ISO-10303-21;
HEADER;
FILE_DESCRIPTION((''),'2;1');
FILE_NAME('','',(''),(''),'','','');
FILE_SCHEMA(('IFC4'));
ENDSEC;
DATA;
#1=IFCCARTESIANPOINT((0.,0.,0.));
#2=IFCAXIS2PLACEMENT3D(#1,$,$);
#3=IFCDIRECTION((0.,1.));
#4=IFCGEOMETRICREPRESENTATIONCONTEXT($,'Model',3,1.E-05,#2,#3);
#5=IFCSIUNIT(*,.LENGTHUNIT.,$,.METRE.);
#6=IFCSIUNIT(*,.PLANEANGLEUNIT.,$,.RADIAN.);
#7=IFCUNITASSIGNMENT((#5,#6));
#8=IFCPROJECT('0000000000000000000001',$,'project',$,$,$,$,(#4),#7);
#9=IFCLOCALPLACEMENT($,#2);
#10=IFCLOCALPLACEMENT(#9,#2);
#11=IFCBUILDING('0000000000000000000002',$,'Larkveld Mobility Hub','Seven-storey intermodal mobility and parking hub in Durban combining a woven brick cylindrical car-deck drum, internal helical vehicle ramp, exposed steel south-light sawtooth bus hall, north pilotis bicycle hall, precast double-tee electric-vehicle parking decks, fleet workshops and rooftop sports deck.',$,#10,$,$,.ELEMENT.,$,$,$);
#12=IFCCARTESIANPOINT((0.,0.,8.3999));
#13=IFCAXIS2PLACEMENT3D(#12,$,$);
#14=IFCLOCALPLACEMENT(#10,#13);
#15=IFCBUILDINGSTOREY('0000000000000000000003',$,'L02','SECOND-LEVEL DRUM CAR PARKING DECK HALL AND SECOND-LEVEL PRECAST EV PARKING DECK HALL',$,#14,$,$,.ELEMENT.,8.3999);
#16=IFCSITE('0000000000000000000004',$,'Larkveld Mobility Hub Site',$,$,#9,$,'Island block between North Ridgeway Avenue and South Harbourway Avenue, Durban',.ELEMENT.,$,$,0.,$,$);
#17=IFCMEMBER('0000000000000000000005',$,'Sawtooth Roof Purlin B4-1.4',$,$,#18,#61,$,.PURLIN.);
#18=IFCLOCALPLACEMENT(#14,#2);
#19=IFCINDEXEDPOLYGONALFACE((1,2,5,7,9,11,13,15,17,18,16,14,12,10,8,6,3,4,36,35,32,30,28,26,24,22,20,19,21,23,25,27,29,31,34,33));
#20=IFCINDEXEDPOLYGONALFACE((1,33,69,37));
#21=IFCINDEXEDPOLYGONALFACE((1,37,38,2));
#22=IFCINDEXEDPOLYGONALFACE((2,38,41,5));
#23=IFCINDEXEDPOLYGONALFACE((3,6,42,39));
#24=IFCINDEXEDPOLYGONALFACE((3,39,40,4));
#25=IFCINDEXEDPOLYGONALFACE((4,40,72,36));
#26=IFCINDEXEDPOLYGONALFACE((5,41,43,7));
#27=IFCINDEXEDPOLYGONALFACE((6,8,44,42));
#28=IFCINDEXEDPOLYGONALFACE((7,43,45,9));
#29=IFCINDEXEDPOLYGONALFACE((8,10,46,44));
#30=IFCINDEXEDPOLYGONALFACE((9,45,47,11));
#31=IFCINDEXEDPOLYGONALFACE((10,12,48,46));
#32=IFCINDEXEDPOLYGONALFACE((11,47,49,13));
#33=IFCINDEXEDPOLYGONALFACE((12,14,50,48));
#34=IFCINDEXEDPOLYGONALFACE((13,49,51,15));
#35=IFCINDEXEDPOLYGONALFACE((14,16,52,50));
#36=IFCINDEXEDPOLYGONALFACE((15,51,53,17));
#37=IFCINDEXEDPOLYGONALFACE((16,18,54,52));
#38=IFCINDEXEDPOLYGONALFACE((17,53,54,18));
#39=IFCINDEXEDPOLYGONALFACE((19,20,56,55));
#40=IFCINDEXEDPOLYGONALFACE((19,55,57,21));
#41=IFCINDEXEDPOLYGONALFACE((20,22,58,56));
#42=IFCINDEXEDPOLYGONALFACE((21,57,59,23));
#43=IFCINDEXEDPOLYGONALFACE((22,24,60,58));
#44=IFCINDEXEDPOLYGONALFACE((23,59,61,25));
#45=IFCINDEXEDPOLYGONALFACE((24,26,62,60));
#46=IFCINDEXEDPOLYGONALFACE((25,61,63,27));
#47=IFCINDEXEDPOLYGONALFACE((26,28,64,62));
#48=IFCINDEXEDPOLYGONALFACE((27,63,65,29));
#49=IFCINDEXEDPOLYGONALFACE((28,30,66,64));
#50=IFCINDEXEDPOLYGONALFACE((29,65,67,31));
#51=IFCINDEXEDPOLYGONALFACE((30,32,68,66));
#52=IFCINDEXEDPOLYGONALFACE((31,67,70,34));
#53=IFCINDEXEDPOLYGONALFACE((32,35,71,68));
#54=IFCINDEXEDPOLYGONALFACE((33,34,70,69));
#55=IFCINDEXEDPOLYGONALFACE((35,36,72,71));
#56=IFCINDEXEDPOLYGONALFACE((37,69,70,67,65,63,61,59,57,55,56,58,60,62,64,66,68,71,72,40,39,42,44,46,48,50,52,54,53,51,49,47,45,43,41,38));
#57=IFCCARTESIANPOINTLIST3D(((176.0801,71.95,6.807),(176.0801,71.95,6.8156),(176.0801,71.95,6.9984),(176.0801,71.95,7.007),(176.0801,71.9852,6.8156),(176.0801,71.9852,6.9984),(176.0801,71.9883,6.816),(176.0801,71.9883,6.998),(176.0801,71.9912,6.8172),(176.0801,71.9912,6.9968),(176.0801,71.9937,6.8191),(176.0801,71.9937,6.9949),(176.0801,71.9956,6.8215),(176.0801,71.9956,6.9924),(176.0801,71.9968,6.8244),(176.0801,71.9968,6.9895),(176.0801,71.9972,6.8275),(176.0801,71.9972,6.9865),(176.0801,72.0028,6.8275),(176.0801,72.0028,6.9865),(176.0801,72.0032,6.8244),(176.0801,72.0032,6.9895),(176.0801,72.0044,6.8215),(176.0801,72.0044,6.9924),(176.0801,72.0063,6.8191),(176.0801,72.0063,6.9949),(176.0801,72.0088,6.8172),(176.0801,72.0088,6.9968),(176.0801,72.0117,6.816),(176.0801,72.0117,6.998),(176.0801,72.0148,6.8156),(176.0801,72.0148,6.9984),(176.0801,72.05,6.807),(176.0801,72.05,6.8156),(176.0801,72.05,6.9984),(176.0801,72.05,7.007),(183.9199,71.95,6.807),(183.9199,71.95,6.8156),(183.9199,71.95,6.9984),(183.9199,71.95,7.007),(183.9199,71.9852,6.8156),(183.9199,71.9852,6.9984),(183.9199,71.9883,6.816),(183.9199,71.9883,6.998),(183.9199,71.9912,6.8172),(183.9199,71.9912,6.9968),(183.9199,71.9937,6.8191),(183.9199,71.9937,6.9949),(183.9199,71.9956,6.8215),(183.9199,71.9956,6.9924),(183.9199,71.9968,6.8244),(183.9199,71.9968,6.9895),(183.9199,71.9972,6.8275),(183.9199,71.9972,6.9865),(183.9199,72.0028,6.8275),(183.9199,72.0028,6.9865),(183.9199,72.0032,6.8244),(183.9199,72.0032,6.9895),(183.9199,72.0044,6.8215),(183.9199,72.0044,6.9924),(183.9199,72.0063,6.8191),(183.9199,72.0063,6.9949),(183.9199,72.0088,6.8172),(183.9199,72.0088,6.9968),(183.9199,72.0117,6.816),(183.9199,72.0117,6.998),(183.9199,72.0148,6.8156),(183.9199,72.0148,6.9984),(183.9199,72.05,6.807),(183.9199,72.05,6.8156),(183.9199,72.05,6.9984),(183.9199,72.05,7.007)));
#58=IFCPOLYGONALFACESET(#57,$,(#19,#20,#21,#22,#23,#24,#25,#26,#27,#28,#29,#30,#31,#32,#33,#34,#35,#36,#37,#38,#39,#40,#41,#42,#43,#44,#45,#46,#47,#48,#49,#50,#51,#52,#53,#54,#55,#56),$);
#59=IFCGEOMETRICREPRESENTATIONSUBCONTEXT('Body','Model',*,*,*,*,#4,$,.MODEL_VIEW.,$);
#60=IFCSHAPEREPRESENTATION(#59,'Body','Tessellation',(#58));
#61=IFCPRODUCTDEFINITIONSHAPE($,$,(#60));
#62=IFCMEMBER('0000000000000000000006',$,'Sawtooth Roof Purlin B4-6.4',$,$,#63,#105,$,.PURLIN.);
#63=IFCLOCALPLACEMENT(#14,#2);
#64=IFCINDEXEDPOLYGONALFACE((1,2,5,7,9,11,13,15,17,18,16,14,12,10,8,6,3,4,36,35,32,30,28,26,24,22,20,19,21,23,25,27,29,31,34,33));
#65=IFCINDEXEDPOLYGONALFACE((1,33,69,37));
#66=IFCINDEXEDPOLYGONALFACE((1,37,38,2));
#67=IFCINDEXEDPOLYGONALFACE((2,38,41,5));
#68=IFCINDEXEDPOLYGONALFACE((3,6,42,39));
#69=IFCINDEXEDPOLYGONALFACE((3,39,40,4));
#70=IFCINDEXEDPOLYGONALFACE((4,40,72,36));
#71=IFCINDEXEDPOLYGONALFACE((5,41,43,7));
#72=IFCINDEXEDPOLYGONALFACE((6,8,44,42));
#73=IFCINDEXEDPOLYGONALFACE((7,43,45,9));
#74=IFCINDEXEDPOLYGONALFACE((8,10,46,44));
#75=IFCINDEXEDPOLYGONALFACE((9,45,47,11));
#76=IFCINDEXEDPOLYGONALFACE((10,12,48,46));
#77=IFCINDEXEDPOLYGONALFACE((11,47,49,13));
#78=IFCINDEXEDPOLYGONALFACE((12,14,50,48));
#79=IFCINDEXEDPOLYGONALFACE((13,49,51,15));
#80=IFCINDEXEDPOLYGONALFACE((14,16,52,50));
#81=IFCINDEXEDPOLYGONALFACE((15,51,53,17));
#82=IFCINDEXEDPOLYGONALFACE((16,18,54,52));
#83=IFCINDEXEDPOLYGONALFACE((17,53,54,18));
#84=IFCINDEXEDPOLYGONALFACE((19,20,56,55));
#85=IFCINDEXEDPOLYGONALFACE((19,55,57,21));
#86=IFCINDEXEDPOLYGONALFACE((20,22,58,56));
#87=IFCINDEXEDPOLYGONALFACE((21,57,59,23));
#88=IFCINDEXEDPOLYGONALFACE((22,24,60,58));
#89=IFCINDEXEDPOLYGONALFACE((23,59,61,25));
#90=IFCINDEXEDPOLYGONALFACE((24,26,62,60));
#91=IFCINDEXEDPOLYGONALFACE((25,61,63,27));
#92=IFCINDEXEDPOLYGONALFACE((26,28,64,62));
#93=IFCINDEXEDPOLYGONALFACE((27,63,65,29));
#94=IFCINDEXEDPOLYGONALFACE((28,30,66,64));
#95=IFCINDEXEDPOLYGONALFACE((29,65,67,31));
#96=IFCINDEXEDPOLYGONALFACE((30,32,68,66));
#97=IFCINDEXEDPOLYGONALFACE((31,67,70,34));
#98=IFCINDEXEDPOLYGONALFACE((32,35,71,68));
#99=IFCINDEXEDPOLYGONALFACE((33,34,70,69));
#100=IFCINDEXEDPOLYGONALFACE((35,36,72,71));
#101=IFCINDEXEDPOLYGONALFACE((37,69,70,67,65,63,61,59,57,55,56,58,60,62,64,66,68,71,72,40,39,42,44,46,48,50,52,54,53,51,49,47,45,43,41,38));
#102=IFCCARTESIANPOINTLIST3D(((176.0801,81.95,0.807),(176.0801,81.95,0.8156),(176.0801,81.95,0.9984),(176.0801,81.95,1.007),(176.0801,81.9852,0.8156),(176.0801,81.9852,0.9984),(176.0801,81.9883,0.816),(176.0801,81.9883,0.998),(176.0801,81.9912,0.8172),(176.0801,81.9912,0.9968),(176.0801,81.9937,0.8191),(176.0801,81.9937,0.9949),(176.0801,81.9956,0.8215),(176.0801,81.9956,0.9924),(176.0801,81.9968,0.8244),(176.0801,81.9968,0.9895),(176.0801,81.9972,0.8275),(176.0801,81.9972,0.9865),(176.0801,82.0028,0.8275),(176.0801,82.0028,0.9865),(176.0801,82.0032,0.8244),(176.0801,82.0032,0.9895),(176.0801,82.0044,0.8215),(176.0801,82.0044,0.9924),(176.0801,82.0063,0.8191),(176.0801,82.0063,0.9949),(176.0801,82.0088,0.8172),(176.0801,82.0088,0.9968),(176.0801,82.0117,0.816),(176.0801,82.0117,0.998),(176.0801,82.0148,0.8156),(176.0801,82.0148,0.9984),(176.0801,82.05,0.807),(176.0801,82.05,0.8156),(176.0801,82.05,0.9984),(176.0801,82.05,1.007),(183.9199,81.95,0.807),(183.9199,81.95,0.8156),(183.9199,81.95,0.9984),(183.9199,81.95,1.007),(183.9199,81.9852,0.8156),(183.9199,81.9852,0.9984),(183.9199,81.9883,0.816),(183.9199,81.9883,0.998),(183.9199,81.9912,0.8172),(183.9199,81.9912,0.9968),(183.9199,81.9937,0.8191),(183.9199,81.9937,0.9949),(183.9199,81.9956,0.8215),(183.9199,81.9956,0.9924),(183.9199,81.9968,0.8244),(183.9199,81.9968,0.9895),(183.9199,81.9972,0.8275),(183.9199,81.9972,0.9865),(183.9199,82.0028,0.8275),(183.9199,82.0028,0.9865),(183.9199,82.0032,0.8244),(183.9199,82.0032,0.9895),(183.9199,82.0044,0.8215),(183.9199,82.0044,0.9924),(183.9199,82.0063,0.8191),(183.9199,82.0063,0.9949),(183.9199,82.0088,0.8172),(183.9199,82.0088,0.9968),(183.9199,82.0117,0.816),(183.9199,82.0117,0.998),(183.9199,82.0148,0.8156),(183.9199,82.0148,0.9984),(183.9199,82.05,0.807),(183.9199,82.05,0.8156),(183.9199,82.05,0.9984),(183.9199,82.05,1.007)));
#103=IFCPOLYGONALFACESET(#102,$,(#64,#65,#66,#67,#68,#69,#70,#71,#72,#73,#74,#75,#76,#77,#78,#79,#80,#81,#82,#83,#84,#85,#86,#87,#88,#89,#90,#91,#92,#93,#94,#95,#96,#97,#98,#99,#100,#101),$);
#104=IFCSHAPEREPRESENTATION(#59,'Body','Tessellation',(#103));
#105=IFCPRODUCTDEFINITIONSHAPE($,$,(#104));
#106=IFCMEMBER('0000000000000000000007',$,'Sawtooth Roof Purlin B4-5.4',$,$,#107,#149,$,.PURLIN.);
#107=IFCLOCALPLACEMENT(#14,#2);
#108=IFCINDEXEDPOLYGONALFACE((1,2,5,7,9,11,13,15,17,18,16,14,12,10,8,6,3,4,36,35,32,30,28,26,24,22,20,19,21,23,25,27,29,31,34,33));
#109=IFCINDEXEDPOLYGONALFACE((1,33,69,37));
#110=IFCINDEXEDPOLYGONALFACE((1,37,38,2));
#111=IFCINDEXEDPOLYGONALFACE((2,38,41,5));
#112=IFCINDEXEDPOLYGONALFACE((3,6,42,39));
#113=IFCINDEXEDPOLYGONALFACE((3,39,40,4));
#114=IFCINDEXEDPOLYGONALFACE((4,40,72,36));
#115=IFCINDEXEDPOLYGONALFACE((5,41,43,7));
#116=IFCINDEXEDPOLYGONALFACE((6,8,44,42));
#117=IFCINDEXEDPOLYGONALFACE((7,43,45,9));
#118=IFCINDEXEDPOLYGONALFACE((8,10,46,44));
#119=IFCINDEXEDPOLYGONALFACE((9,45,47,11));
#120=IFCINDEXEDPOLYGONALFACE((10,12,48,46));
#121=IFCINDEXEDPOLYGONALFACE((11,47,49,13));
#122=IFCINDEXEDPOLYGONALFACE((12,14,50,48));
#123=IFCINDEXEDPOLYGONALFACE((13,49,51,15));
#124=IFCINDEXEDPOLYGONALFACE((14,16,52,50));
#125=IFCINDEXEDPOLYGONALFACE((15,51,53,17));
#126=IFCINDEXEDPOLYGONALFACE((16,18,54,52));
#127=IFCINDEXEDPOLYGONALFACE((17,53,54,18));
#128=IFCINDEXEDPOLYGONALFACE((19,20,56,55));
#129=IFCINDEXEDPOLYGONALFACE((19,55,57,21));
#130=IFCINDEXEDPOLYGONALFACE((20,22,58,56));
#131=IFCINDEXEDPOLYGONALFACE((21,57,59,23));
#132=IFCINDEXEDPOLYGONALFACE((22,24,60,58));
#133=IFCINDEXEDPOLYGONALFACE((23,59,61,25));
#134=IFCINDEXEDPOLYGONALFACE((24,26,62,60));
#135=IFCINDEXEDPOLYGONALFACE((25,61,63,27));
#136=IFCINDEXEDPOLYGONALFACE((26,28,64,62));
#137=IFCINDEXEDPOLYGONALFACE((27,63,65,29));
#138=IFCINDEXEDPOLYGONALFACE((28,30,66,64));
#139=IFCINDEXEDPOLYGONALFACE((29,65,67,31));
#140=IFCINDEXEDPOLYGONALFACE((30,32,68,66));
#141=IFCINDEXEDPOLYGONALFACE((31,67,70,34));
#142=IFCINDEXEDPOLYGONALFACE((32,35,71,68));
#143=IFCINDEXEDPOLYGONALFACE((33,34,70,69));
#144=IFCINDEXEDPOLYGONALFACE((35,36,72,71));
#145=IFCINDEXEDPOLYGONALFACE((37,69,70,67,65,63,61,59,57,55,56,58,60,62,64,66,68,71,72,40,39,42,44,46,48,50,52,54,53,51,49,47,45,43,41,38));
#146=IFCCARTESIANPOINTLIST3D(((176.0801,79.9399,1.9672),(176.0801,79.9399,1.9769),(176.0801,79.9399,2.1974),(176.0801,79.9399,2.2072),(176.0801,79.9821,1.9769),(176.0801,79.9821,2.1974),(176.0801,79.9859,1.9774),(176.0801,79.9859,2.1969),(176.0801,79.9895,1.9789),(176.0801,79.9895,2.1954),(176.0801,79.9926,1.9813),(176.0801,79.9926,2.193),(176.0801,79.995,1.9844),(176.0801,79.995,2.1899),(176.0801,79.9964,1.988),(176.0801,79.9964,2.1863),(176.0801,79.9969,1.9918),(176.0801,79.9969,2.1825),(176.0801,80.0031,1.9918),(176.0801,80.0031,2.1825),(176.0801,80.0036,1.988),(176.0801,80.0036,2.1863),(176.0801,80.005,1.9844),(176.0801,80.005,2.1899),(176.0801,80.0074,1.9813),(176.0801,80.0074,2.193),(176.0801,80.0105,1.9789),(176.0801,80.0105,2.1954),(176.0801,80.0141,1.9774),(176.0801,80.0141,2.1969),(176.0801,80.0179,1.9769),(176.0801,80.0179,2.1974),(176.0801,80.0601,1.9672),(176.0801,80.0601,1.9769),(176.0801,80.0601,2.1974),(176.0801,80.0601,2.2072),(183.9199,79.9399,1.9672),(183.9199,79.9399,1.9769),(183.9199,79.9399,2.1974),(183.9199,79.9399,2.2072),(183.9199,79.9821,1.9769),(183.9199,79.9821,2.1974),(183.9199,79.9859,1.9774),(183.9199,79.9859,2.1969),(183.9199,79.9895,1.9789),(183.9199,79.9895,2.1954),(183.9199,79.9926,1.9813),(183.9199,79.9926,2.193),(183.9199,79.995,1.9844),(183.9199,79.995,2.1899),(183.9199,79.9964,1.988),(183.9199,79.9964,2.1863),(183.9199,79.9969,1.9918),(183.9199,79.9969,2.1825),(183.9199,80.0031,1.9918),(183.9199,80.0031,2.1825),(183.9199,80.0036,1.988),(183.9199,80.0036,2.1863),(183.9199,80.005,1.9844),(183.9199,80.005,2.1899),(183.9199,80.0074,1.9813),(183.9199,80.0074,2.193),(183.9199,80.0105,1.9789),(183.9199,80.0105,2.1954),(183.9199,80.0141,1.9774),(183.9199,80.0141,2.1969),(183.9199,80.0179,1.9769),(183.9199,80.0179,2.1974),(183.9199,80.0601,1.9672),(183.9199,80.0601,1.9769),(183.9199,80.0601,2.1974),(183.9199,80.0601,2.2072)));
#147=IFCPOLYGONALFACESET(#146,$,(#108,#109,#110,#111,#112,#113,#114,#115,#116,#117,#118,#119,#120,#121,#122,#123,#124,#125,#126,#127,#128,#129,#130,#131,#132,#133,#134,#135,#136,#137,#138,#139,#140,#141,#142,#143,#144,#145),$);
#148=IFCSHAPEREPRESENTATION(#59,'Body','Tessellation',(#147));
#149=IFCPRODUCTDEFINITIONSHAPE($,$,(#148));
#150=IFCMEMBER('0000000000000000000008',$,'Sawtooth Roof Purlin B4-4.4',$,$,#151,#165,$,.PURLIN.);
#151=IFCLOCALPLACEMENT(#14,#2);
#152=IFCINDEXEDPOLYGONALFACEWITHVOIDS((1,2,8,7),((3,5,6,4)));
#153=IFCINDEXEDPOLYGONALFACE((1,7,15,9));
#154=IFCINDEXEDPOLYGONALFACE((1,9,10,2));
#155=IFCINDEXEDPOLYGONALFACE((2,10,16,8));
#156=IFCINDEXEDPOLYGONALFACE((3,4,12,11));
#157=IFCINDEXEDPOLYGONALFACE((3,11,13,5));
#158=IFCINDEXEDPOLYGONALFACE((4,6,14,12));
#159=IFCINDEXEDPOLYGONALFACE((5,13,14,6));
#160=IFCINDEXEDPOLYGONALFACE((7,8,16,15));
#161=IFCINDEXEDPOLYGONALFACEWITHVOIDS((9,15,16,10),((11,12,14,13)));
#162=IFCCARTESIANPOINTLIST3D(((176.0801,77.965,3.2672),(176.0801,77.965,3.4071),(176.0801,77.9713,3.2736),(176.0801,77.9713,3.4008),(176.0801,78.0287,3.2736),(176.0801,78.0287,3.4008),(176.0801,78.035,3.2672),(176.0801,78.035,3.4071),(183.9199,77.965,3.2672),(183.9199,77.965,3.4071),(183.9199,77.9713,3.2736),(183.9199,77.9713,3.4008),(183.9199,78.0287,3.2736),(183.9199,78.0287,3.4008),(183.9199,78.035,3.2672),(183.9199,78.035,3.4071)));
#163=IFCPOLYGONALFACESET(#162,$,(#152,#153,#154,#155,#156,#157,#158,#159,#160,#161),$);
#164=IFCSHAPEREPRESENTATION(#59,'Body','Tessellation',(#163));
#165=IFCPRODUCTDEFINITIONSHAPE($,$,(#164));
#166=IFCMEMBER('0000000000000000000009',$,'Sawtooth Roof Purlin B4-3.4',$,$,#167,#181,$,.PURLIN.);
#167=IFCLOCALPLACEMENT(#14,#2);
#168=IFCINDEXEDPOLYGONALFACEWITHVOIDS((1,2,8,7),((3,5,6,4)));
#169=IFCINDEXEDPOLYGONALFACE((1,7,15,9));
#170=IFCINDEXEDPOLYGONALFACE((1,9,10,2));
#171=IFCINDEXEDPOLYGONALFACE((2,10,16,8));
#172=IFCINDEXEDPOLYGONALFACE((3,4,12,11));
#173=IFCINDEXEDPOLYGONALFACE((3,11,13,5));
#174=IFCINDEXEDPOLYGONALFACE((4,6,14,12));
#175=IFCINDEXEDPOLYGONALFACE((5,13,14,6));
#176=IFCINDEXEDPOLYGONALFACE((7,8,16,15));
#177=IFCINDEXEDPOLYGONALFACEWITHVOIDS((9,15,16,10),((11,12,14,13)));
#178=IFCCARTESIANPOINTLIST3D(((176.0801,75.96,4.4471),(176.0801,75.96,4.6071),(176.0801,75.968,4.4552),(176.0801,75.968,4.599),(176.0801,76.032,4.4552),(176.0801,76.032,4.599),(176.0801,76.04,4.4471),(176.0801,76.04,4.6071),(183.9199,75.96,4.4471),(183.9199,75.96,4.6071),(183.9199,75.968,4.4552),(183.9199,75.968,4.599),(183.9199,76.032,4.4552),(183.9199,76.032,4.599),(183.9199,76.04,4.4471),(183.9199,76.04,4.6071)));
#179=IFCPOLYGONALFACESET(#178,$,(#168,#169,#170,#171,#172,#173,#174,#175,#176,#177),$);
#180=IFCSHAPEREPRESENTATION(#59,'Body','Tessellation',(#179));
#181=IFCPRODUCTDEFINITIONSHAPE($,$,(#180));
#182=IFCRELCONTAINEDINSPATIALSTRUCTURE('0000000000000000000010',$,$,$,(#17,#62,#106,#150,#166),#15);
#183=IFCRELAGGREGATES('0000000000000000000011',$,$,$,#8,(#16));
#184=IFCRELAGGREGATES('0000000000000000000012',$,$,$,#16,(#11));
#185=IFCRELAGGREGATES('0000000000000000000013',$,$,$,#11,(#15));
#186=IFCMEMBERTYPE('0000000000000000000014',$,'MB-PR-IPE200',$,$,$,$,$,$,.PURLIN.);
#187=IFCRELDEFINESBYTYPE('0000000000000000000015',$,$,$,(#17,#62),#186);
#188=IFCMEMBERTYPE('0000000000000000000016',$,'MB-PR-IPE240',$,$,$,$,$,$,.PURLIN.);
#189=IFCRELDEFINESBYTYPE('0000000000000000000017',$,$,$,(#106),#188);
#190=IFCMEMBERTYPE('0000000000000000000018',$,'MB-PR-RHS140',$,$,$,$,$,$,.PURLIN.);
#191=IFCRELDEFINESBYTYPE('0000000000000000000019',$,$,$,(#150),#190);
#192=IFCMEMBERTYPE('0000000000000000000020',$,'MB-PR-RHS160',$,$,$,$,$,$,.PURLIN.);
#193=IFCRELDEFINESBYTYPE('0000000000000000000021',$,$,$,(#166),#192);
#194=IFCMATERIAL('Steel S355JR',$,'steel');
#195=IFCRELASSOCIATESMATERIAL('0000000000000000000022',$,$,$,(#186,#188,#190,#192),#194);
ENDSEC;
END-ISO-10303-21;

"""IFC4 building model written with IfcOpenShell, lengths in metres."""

from ifc_helpers import new_model, si_unit, direction, frame, origin, origin_2d, place, context, subcontext, project, spatial, hollow_rectangle, i_section, extrude, material, material_profile, profile_set, type_object, element, save


model = new_model("IFC4")

# Units and contexts
model_context = context("Model", 3, precision=1e-05, world=origin(), true_north=direction((0.0, 1.0)))
body_context = subcontext(model_context, "Body", "Model", "MODEL_VIEW")
ifc_project = project(units=[si_unit("LENGTHUNIT", "METRE"), si_unit("PLANEANGLEUNIT", "RADIAN")], contexts=[model_context])

# Site, building, storey
site_placement = place(None, origin())
site = spatial("IfcSite", under=ifc_project, at=site_placement, Name="Larkveld Mobility Hub Site", LongName="Island block between North Ridgeway Avenue and South Harbourway Avenue, Durban", CompositionType="ELEMENT", RefElevation=0.0)
building_placement = place(site_placement, origin())
building = spatial("IfcBuilding", under=site, at=building_placement, Name="Larkveld Mobility Hub", Description="Seven-storey intermodal mobility and parking hub in Durban combining a woven brick cylindrical car-deck drum, internal helical vehicle ramp, exposed steel south-light sawtooth bus hall, north pilotis bicycle hall, precast double-tee electric-vehicle parking decks, fleet workshops and rooftop sports deck.", CompositionType="ELEMENT")
storey_placement = place(building_placement, frame((0.0, 0.0, 8.3999)))
storey = spatial("IfcBuildingStorey", under=building, at=storey_placement, Name="L02", Description="SECOND-LEVEL DRUM CAR PARKING DECK HALL AND SECOND-LEVEL PRECAST EV PARKING DECK HALL", CompositionType="ELEMENT", Elevation=8.3999)

# Shared definitions
ifc_material_1 = material(Name="Steel S355JR", Category="steel")

# Members
ifc_material_profile_1 = material_profile(ifc_material_1, i_section(OverallWidth=0.1001, OverallDepth=0.2, WebThickness=0.0056, FlangeThickness=0.0085, FilletRadius=0.012, at=origin_2d()), Name="IPE 200")
ifc_profile_set_1 = profile_set([ifc_material_profile_1], Name="Steel S355JR")
member_type_1 = type_object("IfcMemberType", Name="MB-PR-IPE200", PredefinedType="PURLIN", material=ifc_profile_set_1)
for number, where, z_axis, x_axis, name in (
    (1, (176.0801, 72.0, 6.907), (1.0, 0.0, 0.0), (0.0, 1.0, 0.0), "Sawtooth Roof Purlin B4-1.4"),
    (2, (176.0801, 82.0, 0.907), (1.0, 0.0, 0.0), (0.0, 1.0, 0.0), "Sawtooth Roof Purlin B4-6.4"),
):
    element("IfcMember", number, at=place(storey_placement, frame(where, z_axis=z_axis, x_axis=x_axis)), inside=storey, type_object=member_type_1, Name=name, PredefinedType="PURLIN", context=body_context, shape_type="SweptSolid", body=[
        extrude(i_section(OverallWidth=0.1001, OverallDepth=0.2, WebThickness=0.0056, FlangeThickness=0.0085, FilletRadius=0.012, at=origin_2d()), origin(), (0.0, 0.0, 1.0), 7.8398),
    ])
ifc_material_profile_2 = material_profile(ifc_material_1, i_section(OverallWidth=0.1201, OverallDepth=0.24, WebThickness=0.0061, FlangeThickness=0.0098, FilletRadius=0.0149, at=origin_2d()), Name="IPE 240")
ifc_profile_set_2 = profile_set([ifc_material_profile_2], Name="Steel S355JR")
member_type_2 = type_object("IfcMemberType", Name="MB-PR-IPE240", PredefinedType="PURLIN", material=ifc_profile_set_2)
member_1_placement = place(storey_placement, frame((176.0801, 80.0, 2.0872), z_axis=(1.0, 0.0, 0.0), x_axis=(0.0, 1.0, 0.0)))
element("IfcMember", 3, at=member_1_placement, inside=storey, type_object=member_type_2, Name="Sawtooth Roof Purlin B4-5.4", PredefinedType="PURLIN", context=body_context, shape_type="SweptSolid", body=[
    extrude(i_section(OverallWidth=0.1201, OverallDepth=0.24, WebThickness=0.0061, FlangeThickness=0.0098, FilletRadius=0.0149, at=origin_2d()), origin(), (0.0, 0.0, 1.0), 7.8398),
])
ifc_material_profile_3 = material_profile(ifc_material_1, hollow_rectangle(XDim=0.0701, YDim=0.1399, WallThickness=0.0063, at=origin_2d()), Name="RHS 140x70x6.3")
ifc_profile_set_3 = profile_set([ifc_material_profile_3], Name="Steel S355JR")
member_type_3 = type_object("IfcMemberType", Name="MB-PR-RHS140", PredefinedType="PURLIN", material=ifc_profile_set_3)
member_2_placement = place(storey_placement, frame((176.0801, 78.0, 3.3372), z_axis=(1.0, 0.0, 0.0), x_axis=(0.0, 1.0, 0.0)))
element("IfcMember", 4, at=member_2_placement, inside=storey, type_object=member_type_3, Name="Sawtooth Roof Purlin B4-4.4", PredefinedType="PURLIN", context=body_context, shape_type="SweptSolid", body=[
    extrude(hollow_rectangle(XDim=0.0701, YDim=0.1399, WallThickness=0.0063, at=origin_2d()), origin(), (0.0, 0.0, 1.0), 7.8398),
])
ifc_material_profile_4 = material_profile(ifc_material_1, hollow_rectangle(XDim=0.0801, YDim=0.1599, WallThickness=0.0081, at=origin_2d()), Name="RHS 160x80x8")
ifc_profile_set_4 = profile_set([ifc_material_profile_4], Name="Steel S355JR")
member_type_4 = type_object("IfcMemberType", Name="MB-PR-RHS160", PredefinedType="PURLIN", material=ifc_profile_set_4)
member_3_placement = place(storey_placement, frame((176.0801, 76.0, 4.5271), z_axis=(1.0, 0.0, 0.0), x_axis=(0.0, 1.0, 0.0)))
element("IfcMember", 5, at=member_3_placement, inside=storey, type_object=member_type_4, Name="Sawtooth Roof Purlin B4-3.4", PredefinedType="PURLIN", context=body_context, shape_type="SweptSolid", body=[
    extrude(hollow_rectangle(XDim=0.0801, YDim=0.1599, WallThickness=0.0081, at=origin_2d()), origin(), (0.0, 0.0, 1.0), 7.8398),
])

save(model, "model.ifc")
